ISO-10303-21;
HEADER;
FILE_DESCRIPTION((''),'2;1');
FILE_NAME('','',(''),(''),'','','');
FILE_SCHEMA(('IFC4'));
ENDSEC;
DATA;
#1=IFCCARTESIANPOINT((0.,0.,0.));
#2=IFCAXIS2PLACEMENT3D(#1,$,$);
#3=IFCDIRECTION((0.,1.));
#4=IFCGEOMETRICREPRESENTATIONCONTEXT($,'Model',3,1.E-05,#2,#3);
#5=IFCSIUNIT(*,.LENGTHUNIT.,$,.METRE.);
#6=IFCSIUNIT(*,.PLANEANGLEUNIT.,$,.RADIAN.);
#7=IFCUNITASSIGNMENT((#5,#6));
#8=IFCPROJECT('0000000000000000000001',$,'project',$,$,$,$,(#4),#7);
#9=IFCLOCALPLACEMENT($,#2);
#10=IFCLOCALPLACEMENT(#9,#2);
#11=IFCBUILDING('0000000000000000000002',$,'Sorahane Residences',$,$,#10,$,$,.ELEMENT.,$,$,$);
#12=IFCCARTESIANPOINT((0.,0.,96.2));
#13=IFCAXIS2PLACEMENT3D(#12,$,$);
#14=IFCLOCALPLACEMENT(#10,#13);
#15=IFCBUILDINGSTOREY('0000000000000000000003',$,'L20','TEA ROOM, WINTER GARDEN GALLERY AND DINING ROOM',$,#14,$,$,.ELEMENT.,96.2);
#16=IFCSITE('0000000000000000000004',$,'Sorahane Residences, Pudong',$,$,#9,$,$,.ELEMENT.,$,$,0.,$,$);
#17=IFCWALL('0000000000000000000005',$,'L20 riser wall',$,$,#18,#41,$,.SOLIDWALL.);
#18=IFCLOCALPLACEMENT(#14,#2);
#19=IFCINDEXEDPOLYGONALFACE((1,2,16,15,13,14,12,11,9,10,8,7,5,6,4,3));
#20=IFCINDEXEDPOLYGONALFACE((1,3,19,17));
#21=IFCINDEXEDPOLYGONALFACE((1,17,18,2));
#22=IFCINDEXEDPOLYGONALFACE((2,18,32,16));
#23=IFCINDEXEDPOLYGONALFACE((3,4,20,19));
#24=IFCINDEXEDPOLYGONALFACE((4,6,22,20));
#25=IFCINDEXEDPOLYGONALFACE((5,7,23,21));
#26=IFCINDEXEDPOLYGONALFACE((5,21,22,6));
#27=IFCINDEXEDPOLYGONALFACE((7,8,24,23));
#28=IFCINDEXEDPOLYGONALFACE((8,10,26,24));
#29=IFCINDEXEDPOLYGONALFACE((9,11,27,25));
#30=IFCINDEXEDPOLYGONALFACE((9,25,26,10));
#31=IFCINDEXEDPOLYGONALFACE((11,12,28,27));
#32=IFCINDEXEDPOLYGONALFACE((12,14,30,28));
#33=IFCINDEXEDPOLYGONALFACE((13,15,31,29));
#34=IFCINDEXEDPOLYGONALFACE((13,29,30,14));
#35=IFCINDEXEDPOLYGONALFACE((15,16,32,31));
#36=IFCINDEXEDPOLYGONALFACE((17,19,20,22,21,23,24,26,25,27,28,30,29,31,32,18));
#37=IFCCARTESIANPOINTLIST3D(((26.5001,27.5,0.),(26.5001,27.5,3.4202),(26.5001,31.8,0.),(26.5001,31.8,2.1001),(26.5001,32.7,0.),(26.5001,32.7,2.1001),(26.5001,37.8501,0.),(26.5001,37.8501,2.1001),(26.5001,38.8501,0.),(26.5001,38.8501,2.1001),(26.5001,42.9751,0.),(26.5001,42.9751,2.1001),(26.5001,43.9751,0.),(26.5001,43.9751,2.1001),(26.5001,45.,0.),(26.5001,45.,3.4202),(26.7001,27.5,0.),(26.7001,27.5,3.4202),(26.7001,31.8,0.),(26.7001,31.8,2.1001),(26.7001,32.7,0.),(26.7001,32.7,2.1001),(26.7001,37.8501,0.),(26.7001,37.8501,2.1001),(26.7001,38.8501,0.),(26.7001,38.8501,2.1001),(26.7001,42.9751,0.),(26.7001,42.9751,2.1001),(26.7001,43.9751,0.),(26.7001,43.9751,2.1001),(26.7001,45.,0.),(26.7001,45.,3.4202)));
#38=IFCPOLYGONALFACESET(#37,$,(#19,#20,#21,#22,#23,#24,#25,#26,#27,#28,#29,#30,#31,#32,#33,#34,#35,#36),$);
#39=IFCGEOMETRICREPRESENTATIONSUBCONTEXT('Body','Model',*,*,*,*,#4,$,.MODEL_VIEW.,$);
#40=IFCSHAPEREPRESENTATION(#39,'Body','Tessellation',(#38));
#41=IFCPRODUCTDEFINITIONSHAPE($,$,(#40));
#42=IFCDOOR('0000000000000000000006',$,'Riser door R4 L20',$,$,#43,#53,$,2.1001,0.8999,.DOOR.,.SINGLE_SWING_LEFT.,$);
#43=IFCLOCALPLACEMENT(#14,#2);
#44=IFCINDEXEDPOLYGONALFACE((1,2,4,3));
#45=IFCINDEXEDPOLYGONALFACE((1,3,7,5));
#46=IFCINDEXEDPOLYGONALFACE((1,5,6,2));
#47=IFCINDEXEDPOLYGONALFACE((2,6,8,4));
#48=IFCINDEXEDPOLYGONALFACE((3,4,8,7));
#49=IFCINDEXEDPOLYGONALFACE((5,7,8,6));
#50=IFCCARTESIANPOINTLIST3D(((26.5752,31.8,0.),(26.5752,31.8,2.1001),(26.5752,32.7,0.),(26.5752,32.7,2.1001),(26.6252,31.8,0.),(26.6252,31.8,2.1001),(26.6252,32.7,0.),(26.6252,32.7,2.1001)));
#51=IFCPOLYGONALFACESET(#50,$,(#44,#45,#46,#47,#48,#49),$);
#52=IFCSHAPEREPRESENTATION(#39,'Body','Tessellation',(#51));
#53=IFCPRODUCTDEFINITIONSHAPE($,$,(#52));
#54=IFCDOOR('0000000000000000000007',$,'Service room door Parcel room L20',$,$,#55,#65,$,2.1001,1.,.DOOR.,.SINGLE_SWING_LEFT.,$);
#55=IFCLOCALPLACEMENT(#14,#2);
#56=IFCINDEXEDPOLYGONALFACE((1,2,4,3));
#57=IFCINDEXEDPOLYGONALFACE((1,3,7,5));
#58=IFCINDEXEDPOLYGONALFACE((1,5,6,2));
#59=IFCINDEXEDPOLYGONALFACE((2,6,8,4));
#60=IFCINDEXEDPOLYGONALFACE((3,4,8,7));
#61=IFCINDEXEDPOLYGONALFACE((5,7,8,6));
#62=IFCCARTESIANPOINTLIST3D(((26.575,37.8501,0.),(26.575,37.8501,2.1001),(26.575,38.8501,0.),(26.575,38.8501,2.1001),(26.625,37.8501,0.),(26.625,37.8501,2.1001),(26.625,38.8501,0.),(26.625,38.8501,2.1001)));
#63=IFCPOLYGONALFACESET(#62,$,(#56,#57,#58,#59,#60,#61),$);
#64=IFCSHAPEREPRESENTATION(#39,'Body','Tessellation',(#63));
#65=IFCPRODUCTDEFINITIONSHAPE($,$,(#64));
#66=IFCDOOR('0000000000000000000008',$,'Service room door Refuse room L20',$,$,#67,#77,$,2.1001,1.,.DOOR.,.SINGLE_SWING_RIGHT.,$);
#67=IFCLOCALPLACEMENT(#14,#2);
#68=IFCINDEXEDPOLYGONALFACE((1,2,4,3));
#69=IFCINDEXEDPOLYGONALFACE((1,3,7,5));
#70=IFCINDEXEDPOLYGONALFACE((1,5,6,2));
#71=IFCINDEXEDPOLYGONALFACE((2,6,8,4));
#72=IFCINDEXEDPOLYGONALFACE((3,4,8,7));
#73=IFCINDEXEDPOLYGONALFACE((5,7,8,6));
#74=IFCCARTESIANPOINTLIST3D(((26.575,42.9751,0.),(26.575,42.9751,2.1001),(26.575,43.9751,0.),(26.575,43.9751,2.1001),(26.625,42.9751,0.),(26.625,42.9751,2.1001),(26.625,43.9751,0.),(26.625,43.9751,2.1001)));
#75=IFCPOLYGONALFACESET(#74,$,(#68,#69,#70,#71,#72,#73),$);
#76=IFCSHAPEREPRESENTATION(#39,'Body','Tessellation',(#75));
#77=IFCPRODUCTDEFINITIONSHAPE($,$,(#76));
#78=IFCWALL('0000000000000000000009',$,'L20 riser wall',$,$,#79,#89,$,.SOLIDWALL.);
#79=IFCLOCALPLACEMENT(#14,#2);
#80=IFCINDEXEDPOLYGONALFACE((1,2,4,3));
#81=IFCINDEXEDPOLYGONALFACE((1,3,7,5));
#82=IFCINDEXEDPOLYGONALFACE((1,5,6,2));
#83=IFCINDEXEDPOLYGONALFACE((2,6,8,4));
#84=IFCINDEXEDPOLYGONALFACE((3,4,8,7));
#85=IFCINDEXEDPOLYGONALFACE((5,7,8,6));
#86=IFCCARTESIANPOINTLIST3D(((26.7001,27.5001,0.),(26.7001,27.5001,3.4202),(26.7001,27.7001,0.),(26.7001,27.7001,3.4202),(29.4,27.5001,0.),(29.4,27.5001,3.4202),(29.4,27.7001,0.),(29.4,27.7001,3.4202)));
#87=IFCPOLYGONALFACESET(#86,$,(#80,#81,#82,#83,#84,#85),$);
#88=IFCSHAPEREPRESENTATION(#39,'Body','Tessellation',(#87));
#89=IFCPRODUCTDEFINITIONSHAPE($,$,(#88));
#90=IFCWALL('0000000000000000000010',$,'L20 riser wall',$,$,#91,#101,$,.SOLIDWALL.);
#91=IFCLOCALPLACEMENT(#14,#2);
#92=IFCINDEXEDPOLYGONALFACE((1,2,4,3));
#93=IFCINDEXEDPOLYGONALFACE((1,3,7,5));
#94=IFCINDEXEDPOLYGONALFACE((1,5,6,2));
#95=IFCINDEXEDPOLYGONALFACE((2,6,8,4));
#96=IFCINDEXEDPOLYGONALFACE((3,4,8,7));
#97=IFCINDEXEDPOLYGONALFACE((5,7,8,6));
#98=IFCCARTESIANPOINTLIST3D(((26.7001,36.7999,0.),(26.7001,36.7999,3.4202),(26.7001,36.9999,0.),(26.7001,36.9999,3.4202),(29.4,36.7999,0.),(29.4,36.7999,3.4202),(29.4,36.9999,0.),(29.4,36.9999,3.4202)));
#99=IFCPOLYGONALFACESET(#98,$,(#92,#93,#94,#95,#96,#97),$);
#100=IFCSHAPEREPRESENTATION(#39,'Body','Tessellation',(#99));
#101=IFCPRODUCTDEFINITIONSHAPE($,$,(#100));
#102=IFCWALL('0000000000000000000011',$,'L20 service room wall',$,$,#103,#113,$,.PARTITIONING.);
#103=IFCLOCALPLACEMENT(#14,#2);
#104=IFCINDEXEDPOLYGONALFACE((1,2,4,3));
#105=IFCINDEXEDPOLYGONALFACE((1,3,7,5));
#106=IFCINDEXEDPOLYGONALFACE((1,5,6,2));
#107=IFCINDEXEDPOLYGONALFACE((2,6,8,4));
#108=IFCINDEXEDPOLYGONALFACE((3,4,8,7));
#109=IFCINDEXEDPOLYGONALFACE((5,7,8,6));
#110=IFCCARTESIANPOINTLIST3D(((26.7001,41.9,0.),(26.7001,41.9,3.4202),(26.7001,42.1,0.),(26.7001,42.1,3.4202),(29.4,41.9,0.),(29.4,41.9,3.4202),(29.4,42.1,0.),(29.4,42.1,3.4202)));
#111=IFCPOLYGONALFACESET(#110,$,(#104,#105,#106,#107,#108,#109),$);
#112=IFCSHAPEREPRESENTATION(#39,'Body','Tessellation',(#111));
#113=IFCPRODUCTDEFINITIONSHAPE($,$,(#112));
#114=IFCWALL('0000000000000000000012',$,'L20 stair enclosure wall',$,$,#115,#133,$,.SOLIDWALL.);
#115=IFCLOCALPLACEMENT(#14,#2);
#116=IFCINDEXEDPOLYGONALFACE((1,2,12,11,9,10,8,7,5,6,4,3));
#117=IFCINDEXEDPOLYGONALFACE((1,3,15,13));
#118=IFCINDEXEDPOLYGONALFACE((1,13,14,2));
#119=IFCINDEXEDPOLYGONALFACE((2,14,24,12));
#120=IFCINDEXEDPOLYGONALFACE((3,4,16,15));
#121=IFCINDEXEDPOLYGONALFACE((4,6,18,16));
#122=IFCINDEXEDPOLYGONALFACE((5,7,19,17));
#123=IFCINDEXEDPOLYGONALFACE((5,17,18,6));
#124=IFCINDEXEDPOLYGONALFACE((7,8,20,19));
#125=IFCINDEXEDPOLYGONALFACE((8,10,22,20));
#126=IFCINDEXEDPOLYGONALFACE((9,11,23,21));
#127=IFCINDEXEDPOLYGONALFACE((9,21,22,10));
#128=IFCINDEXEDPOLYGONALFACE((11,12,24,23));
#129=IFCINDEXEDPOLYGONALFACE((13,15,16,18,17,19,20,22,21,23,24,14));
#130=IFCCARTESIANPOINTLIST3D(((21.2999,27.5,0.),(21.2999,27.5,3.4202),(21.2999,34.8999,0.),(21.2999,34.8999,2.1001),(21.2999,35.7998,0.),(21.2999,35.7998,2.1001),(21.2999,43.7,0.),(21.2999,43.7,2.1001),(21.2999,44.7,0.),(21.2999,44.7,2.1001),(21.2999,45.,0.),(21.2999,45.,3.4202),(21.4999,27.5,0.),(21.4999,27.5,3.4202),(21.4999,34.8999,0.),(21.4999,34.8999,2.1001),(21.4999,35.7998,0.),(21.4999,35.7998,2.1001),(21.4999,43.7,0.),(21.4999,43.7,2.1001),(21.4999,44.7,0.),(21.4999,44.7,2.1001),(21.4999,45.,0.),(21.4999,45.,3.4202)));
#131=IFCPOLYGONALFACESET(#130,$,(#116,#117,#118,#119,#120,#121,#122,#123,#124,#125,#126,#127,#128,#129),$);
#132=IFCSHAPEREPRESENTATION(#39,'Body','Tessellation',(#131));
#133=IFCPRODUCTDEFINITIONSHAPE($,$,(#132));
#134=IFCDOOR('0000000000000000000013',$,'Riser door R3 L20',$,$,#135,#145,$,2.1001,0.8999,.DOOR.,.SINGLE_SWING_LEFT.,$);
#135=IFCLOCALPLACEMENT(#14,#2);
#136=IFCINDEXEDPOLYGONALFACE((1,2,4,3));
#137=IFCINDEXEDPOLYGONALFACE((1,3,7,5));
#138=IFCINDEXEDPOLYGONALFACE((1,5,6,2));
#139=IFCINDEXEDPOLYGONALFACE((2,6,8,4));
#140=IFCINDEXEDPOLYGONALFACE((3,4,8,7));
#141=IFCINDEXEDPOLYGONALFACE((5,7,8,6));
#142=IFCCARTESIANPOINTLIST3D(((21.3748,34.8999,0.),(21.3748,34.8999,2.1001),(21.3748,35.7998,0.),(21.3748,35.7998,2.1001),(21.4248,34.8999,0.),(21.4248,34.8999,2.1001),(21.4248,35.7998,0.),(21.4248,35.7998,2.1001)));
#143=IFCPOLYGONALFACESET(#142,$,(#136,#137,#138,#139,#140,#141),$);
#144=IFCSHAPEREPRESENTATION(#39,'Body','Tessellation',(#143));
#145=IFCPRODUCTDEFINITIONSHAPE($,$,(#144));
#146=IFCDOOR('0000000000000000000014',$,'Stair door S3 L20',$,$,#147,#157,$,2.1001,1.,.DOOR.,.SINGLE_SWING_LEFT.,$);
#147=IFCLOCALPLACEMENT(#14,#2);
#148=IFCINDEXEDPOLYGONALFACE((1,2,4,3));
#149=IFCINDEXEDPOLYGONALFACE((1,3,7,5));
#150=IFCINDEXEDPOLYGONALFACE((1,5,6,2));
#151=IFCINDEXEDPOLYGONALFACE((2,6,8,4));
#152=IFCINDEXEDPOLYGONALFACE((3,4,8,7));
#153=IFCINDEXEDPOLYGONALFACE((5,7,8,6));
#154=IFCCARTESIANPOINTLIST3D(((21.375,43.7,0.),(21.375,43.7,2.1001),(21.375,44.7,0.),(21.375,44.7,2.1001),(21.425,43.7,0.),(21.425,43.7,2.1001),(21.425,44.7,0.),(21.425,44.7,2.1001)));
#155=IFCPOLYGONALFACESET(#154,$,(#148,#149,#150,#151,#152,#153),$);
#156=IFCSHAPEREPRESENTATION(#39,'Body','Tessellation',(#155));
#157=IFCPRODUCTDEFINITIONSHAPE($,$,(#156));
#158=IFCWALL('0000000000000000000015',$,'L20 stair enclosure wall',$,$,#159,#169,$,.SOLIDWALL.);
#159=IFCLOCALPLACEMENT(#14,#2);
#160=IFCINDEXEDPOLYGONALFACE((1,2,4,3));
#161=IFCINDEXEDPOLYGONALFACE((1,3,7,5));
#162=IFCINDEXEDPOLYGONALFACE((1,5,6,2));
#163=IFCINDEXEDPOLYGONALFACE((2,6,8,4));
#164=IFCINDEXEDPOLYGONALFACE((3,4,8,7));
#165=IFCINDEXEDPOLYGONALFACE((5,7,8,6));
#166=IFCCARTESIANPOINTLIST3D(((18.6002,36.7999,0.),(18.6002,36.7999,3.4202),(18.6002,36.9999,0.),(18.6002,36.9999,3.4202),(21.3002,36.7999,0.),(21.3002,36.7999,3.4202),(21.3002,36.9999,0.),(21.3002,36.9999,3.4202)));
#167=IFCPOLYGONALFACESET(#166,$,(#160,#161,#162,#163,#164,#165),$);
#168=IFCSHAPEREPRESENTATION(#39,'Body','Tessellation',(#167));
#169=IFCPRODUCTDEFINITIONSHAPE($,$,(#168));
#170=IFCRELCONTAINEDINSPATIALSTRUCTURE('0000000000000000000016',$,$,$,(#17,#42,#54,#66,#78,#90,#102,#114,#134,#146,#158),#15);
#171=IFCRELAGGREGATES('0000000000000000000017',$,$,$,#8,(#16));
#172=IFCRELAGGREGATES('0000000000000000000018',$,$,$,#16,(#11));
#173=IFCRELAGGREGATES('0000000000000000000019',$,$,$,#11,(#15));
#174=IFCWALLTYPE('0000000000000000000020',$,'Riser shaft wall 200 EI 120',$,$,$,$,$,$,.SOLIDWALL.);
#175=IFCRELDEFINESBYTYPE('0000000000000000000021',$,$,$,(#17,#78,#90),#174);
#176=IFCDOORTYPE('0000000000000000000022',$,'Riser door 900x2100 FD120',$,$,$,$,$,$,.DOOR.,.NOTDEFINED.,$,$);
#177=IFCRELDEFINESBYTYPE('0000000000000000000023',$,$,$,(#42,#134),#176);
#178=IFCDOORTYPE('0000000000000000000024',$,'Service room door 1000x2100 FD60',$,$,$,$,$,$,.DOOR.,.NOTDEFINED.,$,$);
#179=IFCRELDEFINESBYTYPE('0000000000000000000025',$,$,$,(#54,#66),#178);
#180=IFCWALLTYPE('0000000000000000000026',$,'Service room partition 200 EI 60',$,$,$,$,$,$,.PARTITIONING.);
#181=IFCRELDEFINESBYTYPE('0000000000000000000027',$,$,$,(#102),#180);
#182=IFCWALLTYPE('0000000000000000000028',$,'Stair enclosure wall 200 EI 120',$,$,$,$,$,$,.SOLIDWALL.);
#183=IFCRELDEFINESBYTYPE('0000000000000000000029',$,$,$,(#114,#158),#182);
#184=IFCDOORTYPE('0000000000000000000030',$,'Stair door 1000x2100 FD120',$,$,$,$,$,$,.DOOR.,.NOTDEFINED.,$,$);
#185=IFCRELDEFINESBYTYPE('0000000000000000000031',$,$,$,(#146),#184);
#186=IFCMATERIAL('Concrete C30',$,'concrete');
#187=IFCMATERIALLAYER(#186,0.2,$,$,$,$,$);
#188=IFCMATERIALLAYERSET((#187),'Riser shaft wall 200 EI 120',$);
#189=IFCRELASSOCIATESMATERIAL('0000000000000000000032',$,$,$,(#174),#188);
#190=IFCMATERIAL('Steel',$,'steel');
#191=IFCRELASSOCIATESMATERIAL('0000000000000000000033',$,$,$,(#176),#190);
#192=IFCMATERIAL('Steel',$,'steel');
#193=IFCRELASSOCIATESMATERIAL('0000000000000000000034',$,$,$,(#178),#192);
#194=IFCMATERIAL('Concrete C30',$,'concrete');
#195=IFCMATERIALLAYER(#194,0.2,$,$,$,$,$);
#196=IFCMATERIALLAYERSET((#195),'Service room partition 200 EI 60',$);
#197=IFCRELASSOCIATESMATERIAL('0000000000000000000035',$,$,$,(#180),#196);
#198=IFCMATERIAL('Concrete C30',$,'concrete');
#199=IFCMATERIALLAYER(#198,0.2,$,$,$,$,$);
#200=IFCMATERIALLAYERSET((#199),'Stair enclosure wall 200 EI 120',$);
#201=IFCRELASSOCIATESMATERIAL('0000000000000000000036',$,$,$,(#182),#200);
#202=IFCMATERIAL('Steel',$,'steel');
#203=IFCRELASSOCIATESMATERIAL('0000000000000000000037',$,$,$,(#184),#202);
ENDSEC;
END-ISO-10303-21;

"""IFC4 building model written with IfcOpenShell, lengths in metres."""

from ifc_helpers import new_model, si_unit, direction, frame, frame_2d, origin, place, context, subcontext, project, spatial, rectangle, extrude, material, layer, layer_set, type_object, element, fill, save


model = new_model("IFC4")

# Units and contexts
model_context = context("Model", 3, precision=1e-05, world=origin(), true_north=direction((0.0, 1.0)))
body_context = subcontext(model_context, "Body", "Model", "MODEL_VIEW")
ifc_project = project(units=[si_unit("LENGTHUNIT", "METRE"), si_unit("PLANEANGLEUNIT", "RADIAN")], contexts=[model_context])

# Site, building, storey
site_placement = place(None, origin())
site = spatial("IfcSite", under=ifc_project, at=site_placement, Name="Sorahane Residences, Pudong", CompositionType="ELEMENT", RefElevation=0.0)
building_placement = place(site_placement, origin())
building = spatial("IfcBuilding", under=site, at=building_placement, Name="Sorahane Residences", CompositionType="ELEMENT")
storey_placement = place(building_placement, frame((0.0, 0.0, 96.2)))
storey = spatial("IfcBuildingStorey", under=building, at=storey_placement, Name="L20", Description="TEA ROOM, WINTER GARDEN GALLERY AND DINING ROOM", CompositionType="ELEMENT", Elevation=96.2)

# Wall, openings, doors
ifc_material_1 = material(Name="Concrete C30", Category="concrete")
ifc_layer_1 = layer(ifc_material_1, 0.2)
ifc_layer_set_1 = layer_set([ifc_layer_1], Name="Riser shaft wall 200 EI 120")
wall_type_1 = type_object("IfcWallType", Name="Riser shaft wall 200 EI 120", PredefinedType="SOLIDWALL", material=ifc_layer_set_1)
wall_1_placement = place(storey_placement, frame((26.6001, 27.5, 0.0), z_axis=(0.0, 0.0, 1.0), x_axis=(0.0, 1.0, 0.0)))
wall_1 = element("IfcWall", 1, at=wall_1_placement, inside=storey, type_object=wall_type_1, Name="L20 riser wall", PredefinedType="SOLIDWALL", context=body_context, shape_type="SweptSolid", body=[
    extrude(rectangle(XDim=17.5, YDim=0.2, at=frame_2d((8.75, 0.0))), origin(), (0.0, 0.0, 1.0), 3.4202),
])
opening_1_placement = place(wall_1_placement, frame((4.3, 0.0, 0.0)))
opening_1 = element("IfcOpeningElement", 2, at=opening_1_placement, cuts=wall_1, PredefinedType="OPENING", context=body_context, shape_type="SweptSolid", body=[
    extrude(rectangle(XDim=0.8999, YDim=2.1001, at=frame_2d((0.45, 1.05))), frame((0.0, 0.1099, 0.0), z_axis=(0.0, -1.0, 0.0), x_axis=(1.0, 0.0, 0.0)), (0.0, 0.0, 1.0), 0.22),
])
opening_2_placement = place(wall_1_placement, frame((10.3501, 0.0, 0.0)))
opening_2 = element("IfcOpeningElement", 3, at=opening_2_placement, cuts=wall_1, PredefinedType="OPENING", context=body_context, shape_type="SweptSolid", body=[
    extrude(rectangle(XDim=1.0, YDim=2.1001, at=frame_2d((0.5, 1.05))), frame((0.0, 0.1099, 0.0), z_axis=(0.0, -1.0, 0.0), x_axis=(1.0, 0.0, 0.0)), (0.0, 0.0, 1.0), 0.22),
])
opening_3_placement = place(wall_1_placement, frame((15.4751, 0.0, 0.0)))
opening_3 = element("IfcOpeningElement", 4, at=opening_3_placement, cuts=wall_1, PredefinedType="OPENING", context=body_context, shape_type="SweptSolid", body=[
    extrude(rectangle(XDim=1.0, YDim=2.1001, at=frame_2d((0.5, 1.05))), frame((0.0, 0.1099, 0.0), z_axis=(0.0, -1.0, 0.0), x_axis=(1.0, 0.0, 0.0)), (0.0, 0.0, 1.0), 0.22),
])
ifc_material_2 = material(Name="Steel", Category="steel")
door_type_1 = type_object("IfcDoorType", Name="Riser door 900x2100 FD120", OperationType="NOTDEFINED", PredefinedType="DOOR", material=ifc_material_2)
door_1_placement = place(opening_1_placement, origin())
door_1 = element("IfcDoor", 5, at=door_1_placement, inside=storey, type_object=door_type_1, Name="Riser door R4 L20", OperationType="SINGLE_SWING_LEFT", OverallHeight=2.1001, OverallWidth=0.8999, PredefinedType="DOOR", context=body_context, shape_type="SweptSolid", body=[
    extrude(rectangle(XDim=0.8999, YDim=2.1001, at=frame_2d((0.45, 1.05))), frame((0.0, 0.0249, 0.0), z_axis=(0.0, -1.0, 0.0), x_axis=(1.0, 0.0, 0.0)), (0.0, 0.0, 1.0), 0.05),
])
fill(opening_1, door_1)
ifc_material_3 = material(Name="Steel", Category="steel")
door_type_2 = type_object("IfcDoorType", Name="Service room door 1000x2100 FD60", OperationType="NOTDEFINED", PredefinedType="DOOR", material=ifc_material_3)
door_2_placement = place(opening_2_placement, frame((1.0, 0.0, 0.0), z_axis=(0.0, 0.0, 1.0), x_axis=(-1.0, 0.0, 0.0)))
door_2 = element("IfcDoor", 6, at=door_2_placement, inside=storey, type_object=door_type_2, Name="Service room door Parcel room L20", OperationType="SINGLE_SWING_LEFT", OverallHeight=2.1001, OverallWidth=1.0, PredefinedType="DOOR", context=body_context, shape_type="SweptSolid", body=[
    extrude(rectangle(XDim=1.0, YDim=2.1001, at=frame_2d((0.5, 1.05))), frame((0.0, 0.0249, 0.0), z_axis=(0.0, -1.0, 0.0), x_axis=(1.0, 0.0, 0.0)), (0.0, 0.0, 1.0), 0.05),
])
fill(opening_2, door_2)
door_3_placement = place(opening_3_placement, frame((1.0, 0.0, 0.0), z_axis=(0.0, 0.0, 1.0), x_axis=(-1.0, 0.0, 0.0)))
door_3 = element("IfcDoor", 7, at=door_3_placement, inside=storey, type_object=door_type_2, Name="Service room door Refuse room L20", OperationType="SINGLE_SWING_RIGHT", OverallHeight=2.1001, OverallWidth=1.0, PredefinedType="DOOR", context=body_context, shape_type="SweptSolid", body=[
    extrude(rectangle(XDim=1.0, YDim=2.1001, at=frame_2d((0.5, 1.05))), frame((0.0, 0.0249, 0.0), z_axis=(0.0, -1.0, 0.0), x_axis=(1.0, 0.0, 0.0)), (0.0, 0.0, 1.0), 0.05),
])
fill(opening_3, door_3)

# Walls
for number, where, z_axis, x_axis, name in (
    (8, (26.7, 27.6001, 0.0), (0.0, 0.0, 1.0), (1.0, 0.0, 0.0), "L20 riser wall"),
    (9, (26.7, 36.8999, 0.0), (0.0, 0.0, 1.0), (1.0, 0.0, 0.0), "L20 riser wall"),
):
    element("IfcWall", number, at=place(storey_placement, frame(where, z_axis=z_axis, x_axis=x_axis)), inside=storey, type_object=wall_type_1, Name=name, PredefinedType="SOLIDWALL", context=body_context, shape_type="SweptSolid", body=[
        extrude(rectangle(XDim=2.7, YDim=0.2, at=frame_2d((1.3501, 0.0))), origin(), (0.0, 0.0, 1.0), 3.4202),
    ])
ifc_material_4 = material(Name="Concrete C30", Category="concrete")
ifc_layer_2 = layer(ifc_material_4, 0.2)
ifc_layer_set_2 = layer_set([ifc_layer_2], Name="Service room partition 200 EI 60")
wall_type_2 = type_object("IfcWallType", Name="Service room partition 200 EI 60", PredefinedType="PARTITIONING", material=ifc_layer_set_2)
wall_2_placement = place(storey_placement, frame((26.7, 42.0, 0.0), z_axis=(0.0, 0.0, 1.0), x_axis=(1.0, 0.0, 0.0)))
element("IfcWall", 10, at=wall_2_placement, inside=storey, type_object=wall_type_2, Name="L20 service room wall", PredefinedType="PARTITIONING", context=body_context, shape_type="SweptSolid", body=[
    extrude(rectangle(XDim=2.7, YDim=0.2, at=frame_2d((1.3501, 0.0))), origin(), (0.0, 0.0, 1.0), 3.4202),
])

# Wall, openings, doors
ifc_material_5 = material(Name="Concrete C30", Category="concrete")
ifc_layer_3 = layer(ifc_material_5, 0.2)
ifc_layer_set_3 = layer_set([ifc_layer_3], Name="Stair enclosure wall 200 EI 120")
wall_type_3 = type_object("IfcWallType", Name="Stair enclosure wall 200 EI 120", PredefinedType="SOLIDWALL", material=ifc_layer_set_3)
wall_3_placement = place(storey_placement, frame((21.3999, 27.5, 0.0), z_axis=(0.0, 0.0, 1.0), x_axis=(0.0, 1.0, 0.0)))
wall_3 = element("IfcWall", 11, at=wall_3_placement, inside=storey, type_object=wall_type_3, Name="L20 stair enclosure wall", PredefinedType="SOLIDWALL", context=body_context, shape_type="SweptSolid", body=[
    extrude(rectangle(XDim=17.5, YDim=0.2, at=frame_2d((8.75, 0.0))), origin(), (0.0, 0.0, 1.0), 3.4202),
])
opening_4_placement = place(wall_3_placement, frame((16.2, 0.0, 0.0)))
opening_4 = element("IfcOpeningElement", 12, at=opening_4_placement, cuts=wall_3, PredefinedType="OPENING", context=body_context, shape_type="SweptSolid", body=[
    extrude(rectangle(XDim=1.0, YDim=2.1001, at=frame_2d((0.5, 1.05))), frame((0.0, 0.1099, 0.0), z_axis=(0.0, -1.0, 0.0), x_axis=(1.0, 0.0, 0.0)), (0.0, 0.0, 1.0), 0.22),
])
opening_5_placement = place(wall_3_placement, frame((7.3999, 0.0, 0.0)))
opening_5 = element("IfcOpeningElement", 13, at=opening_5_placement, cuts=wall_3, PredefinedType="OPENING", context=body_context, shape_type="SweptSolid", body=[
    extrude(rectangle(XDim=0.8999, YDim=2.1001, at=frame_2d((0.45, 1.05))), frame((0.0, 0.1099, 0.0), z_axis=(0.0, -1.0, 0.0), x_axis=(1.0, 0.0, 0.0)), (0.0, 0.0, 1.0), 0.22),
])
door_4_placement = place(opening_5_placement, frame((0.8999, 0.0, 0.0), z_axis=(0.0, 0.0, 1.0), x_axis=(-1.0, 0.0, 0.0)))
door_4 = element("IfcDoor", 14, at=door_4_placement, inside=storey, type_object=door_type_1, Name="Riser door R3 L20", OperationType="SINGLE_SWING_LEFT", OverallHeight=2.1001, OverallWidth=0.8999, PredefinedType="DOOR", context=body_context, shape_type="SweptSolid", body=[
    extrude(rectangle(XDim=0.8999, YDim=2.1001, at=frame_2d((0.45, 1.05))), frame((0.0, 0.0249, 0.0), z_axis=(0.0, -1.0, 0.0), x_axis=(1.0, 0.0, 0.0)), (0.0, 0.0, 1.0), 0.05),
])
fill(opening_5, door_4)
ifc_material_6 = material(Name="Steel", Category="steel")
door_type_3 = type_object("IfcDoorType", Name="Stair door 1000x2100 FD120", OperationType="NOTDEFINED", PredefinedType="DOOR", material=ifc_material_6)
door_5_placement = place(opening_4_placement, origin())
door_5 = element("IfcDoor", 15, at=door_5_placement, inside=storey, type_object=door_type_3, Name="Stair door S3 L20", OperationType="SINGLE_SWING_LEFT", OverallHeight=2.1001, OverallWidth=1.0, PredefinedType="DOOR", context=body_context, shape_type="SweptSolid", body=[
    extrude(rectangle(XDim=1.0, YDim=2.1001, at=frame_2d((0.5, 1.05))), frame((0.0, 0.0249, 0.0), z_axis=(0.0, -1.0, 0.0), x_axis=(1.0, 0.0, 0.0)), (0.0, 0.0, 1.0), 0.05),
])
fill(opening_4, door_5)

# Wall
wall_4_placement = place(storey_placement, frame((18.6001, 36.8999, 0.0), z_axis=(0.0, 0.0, 1.0), x_axis=(1.0, 0.0, 0.0)))
element("IfcWall", 16, at=wall_4_placement, inside=storey, type_object=wall_type_3, Name="L20 stair enclosure wall", PredefinedType="SOLIDWALL", context=body_context, shape_type="SweptSolid", body=[
    extrude(rectangle(XDim=2.7, YDim=0.2, at=frame_2d((1.3501, 0.0))), origin(), (0.0, 0.0, 1.0), 3.4202),
])

save(model, "model.ifc")
